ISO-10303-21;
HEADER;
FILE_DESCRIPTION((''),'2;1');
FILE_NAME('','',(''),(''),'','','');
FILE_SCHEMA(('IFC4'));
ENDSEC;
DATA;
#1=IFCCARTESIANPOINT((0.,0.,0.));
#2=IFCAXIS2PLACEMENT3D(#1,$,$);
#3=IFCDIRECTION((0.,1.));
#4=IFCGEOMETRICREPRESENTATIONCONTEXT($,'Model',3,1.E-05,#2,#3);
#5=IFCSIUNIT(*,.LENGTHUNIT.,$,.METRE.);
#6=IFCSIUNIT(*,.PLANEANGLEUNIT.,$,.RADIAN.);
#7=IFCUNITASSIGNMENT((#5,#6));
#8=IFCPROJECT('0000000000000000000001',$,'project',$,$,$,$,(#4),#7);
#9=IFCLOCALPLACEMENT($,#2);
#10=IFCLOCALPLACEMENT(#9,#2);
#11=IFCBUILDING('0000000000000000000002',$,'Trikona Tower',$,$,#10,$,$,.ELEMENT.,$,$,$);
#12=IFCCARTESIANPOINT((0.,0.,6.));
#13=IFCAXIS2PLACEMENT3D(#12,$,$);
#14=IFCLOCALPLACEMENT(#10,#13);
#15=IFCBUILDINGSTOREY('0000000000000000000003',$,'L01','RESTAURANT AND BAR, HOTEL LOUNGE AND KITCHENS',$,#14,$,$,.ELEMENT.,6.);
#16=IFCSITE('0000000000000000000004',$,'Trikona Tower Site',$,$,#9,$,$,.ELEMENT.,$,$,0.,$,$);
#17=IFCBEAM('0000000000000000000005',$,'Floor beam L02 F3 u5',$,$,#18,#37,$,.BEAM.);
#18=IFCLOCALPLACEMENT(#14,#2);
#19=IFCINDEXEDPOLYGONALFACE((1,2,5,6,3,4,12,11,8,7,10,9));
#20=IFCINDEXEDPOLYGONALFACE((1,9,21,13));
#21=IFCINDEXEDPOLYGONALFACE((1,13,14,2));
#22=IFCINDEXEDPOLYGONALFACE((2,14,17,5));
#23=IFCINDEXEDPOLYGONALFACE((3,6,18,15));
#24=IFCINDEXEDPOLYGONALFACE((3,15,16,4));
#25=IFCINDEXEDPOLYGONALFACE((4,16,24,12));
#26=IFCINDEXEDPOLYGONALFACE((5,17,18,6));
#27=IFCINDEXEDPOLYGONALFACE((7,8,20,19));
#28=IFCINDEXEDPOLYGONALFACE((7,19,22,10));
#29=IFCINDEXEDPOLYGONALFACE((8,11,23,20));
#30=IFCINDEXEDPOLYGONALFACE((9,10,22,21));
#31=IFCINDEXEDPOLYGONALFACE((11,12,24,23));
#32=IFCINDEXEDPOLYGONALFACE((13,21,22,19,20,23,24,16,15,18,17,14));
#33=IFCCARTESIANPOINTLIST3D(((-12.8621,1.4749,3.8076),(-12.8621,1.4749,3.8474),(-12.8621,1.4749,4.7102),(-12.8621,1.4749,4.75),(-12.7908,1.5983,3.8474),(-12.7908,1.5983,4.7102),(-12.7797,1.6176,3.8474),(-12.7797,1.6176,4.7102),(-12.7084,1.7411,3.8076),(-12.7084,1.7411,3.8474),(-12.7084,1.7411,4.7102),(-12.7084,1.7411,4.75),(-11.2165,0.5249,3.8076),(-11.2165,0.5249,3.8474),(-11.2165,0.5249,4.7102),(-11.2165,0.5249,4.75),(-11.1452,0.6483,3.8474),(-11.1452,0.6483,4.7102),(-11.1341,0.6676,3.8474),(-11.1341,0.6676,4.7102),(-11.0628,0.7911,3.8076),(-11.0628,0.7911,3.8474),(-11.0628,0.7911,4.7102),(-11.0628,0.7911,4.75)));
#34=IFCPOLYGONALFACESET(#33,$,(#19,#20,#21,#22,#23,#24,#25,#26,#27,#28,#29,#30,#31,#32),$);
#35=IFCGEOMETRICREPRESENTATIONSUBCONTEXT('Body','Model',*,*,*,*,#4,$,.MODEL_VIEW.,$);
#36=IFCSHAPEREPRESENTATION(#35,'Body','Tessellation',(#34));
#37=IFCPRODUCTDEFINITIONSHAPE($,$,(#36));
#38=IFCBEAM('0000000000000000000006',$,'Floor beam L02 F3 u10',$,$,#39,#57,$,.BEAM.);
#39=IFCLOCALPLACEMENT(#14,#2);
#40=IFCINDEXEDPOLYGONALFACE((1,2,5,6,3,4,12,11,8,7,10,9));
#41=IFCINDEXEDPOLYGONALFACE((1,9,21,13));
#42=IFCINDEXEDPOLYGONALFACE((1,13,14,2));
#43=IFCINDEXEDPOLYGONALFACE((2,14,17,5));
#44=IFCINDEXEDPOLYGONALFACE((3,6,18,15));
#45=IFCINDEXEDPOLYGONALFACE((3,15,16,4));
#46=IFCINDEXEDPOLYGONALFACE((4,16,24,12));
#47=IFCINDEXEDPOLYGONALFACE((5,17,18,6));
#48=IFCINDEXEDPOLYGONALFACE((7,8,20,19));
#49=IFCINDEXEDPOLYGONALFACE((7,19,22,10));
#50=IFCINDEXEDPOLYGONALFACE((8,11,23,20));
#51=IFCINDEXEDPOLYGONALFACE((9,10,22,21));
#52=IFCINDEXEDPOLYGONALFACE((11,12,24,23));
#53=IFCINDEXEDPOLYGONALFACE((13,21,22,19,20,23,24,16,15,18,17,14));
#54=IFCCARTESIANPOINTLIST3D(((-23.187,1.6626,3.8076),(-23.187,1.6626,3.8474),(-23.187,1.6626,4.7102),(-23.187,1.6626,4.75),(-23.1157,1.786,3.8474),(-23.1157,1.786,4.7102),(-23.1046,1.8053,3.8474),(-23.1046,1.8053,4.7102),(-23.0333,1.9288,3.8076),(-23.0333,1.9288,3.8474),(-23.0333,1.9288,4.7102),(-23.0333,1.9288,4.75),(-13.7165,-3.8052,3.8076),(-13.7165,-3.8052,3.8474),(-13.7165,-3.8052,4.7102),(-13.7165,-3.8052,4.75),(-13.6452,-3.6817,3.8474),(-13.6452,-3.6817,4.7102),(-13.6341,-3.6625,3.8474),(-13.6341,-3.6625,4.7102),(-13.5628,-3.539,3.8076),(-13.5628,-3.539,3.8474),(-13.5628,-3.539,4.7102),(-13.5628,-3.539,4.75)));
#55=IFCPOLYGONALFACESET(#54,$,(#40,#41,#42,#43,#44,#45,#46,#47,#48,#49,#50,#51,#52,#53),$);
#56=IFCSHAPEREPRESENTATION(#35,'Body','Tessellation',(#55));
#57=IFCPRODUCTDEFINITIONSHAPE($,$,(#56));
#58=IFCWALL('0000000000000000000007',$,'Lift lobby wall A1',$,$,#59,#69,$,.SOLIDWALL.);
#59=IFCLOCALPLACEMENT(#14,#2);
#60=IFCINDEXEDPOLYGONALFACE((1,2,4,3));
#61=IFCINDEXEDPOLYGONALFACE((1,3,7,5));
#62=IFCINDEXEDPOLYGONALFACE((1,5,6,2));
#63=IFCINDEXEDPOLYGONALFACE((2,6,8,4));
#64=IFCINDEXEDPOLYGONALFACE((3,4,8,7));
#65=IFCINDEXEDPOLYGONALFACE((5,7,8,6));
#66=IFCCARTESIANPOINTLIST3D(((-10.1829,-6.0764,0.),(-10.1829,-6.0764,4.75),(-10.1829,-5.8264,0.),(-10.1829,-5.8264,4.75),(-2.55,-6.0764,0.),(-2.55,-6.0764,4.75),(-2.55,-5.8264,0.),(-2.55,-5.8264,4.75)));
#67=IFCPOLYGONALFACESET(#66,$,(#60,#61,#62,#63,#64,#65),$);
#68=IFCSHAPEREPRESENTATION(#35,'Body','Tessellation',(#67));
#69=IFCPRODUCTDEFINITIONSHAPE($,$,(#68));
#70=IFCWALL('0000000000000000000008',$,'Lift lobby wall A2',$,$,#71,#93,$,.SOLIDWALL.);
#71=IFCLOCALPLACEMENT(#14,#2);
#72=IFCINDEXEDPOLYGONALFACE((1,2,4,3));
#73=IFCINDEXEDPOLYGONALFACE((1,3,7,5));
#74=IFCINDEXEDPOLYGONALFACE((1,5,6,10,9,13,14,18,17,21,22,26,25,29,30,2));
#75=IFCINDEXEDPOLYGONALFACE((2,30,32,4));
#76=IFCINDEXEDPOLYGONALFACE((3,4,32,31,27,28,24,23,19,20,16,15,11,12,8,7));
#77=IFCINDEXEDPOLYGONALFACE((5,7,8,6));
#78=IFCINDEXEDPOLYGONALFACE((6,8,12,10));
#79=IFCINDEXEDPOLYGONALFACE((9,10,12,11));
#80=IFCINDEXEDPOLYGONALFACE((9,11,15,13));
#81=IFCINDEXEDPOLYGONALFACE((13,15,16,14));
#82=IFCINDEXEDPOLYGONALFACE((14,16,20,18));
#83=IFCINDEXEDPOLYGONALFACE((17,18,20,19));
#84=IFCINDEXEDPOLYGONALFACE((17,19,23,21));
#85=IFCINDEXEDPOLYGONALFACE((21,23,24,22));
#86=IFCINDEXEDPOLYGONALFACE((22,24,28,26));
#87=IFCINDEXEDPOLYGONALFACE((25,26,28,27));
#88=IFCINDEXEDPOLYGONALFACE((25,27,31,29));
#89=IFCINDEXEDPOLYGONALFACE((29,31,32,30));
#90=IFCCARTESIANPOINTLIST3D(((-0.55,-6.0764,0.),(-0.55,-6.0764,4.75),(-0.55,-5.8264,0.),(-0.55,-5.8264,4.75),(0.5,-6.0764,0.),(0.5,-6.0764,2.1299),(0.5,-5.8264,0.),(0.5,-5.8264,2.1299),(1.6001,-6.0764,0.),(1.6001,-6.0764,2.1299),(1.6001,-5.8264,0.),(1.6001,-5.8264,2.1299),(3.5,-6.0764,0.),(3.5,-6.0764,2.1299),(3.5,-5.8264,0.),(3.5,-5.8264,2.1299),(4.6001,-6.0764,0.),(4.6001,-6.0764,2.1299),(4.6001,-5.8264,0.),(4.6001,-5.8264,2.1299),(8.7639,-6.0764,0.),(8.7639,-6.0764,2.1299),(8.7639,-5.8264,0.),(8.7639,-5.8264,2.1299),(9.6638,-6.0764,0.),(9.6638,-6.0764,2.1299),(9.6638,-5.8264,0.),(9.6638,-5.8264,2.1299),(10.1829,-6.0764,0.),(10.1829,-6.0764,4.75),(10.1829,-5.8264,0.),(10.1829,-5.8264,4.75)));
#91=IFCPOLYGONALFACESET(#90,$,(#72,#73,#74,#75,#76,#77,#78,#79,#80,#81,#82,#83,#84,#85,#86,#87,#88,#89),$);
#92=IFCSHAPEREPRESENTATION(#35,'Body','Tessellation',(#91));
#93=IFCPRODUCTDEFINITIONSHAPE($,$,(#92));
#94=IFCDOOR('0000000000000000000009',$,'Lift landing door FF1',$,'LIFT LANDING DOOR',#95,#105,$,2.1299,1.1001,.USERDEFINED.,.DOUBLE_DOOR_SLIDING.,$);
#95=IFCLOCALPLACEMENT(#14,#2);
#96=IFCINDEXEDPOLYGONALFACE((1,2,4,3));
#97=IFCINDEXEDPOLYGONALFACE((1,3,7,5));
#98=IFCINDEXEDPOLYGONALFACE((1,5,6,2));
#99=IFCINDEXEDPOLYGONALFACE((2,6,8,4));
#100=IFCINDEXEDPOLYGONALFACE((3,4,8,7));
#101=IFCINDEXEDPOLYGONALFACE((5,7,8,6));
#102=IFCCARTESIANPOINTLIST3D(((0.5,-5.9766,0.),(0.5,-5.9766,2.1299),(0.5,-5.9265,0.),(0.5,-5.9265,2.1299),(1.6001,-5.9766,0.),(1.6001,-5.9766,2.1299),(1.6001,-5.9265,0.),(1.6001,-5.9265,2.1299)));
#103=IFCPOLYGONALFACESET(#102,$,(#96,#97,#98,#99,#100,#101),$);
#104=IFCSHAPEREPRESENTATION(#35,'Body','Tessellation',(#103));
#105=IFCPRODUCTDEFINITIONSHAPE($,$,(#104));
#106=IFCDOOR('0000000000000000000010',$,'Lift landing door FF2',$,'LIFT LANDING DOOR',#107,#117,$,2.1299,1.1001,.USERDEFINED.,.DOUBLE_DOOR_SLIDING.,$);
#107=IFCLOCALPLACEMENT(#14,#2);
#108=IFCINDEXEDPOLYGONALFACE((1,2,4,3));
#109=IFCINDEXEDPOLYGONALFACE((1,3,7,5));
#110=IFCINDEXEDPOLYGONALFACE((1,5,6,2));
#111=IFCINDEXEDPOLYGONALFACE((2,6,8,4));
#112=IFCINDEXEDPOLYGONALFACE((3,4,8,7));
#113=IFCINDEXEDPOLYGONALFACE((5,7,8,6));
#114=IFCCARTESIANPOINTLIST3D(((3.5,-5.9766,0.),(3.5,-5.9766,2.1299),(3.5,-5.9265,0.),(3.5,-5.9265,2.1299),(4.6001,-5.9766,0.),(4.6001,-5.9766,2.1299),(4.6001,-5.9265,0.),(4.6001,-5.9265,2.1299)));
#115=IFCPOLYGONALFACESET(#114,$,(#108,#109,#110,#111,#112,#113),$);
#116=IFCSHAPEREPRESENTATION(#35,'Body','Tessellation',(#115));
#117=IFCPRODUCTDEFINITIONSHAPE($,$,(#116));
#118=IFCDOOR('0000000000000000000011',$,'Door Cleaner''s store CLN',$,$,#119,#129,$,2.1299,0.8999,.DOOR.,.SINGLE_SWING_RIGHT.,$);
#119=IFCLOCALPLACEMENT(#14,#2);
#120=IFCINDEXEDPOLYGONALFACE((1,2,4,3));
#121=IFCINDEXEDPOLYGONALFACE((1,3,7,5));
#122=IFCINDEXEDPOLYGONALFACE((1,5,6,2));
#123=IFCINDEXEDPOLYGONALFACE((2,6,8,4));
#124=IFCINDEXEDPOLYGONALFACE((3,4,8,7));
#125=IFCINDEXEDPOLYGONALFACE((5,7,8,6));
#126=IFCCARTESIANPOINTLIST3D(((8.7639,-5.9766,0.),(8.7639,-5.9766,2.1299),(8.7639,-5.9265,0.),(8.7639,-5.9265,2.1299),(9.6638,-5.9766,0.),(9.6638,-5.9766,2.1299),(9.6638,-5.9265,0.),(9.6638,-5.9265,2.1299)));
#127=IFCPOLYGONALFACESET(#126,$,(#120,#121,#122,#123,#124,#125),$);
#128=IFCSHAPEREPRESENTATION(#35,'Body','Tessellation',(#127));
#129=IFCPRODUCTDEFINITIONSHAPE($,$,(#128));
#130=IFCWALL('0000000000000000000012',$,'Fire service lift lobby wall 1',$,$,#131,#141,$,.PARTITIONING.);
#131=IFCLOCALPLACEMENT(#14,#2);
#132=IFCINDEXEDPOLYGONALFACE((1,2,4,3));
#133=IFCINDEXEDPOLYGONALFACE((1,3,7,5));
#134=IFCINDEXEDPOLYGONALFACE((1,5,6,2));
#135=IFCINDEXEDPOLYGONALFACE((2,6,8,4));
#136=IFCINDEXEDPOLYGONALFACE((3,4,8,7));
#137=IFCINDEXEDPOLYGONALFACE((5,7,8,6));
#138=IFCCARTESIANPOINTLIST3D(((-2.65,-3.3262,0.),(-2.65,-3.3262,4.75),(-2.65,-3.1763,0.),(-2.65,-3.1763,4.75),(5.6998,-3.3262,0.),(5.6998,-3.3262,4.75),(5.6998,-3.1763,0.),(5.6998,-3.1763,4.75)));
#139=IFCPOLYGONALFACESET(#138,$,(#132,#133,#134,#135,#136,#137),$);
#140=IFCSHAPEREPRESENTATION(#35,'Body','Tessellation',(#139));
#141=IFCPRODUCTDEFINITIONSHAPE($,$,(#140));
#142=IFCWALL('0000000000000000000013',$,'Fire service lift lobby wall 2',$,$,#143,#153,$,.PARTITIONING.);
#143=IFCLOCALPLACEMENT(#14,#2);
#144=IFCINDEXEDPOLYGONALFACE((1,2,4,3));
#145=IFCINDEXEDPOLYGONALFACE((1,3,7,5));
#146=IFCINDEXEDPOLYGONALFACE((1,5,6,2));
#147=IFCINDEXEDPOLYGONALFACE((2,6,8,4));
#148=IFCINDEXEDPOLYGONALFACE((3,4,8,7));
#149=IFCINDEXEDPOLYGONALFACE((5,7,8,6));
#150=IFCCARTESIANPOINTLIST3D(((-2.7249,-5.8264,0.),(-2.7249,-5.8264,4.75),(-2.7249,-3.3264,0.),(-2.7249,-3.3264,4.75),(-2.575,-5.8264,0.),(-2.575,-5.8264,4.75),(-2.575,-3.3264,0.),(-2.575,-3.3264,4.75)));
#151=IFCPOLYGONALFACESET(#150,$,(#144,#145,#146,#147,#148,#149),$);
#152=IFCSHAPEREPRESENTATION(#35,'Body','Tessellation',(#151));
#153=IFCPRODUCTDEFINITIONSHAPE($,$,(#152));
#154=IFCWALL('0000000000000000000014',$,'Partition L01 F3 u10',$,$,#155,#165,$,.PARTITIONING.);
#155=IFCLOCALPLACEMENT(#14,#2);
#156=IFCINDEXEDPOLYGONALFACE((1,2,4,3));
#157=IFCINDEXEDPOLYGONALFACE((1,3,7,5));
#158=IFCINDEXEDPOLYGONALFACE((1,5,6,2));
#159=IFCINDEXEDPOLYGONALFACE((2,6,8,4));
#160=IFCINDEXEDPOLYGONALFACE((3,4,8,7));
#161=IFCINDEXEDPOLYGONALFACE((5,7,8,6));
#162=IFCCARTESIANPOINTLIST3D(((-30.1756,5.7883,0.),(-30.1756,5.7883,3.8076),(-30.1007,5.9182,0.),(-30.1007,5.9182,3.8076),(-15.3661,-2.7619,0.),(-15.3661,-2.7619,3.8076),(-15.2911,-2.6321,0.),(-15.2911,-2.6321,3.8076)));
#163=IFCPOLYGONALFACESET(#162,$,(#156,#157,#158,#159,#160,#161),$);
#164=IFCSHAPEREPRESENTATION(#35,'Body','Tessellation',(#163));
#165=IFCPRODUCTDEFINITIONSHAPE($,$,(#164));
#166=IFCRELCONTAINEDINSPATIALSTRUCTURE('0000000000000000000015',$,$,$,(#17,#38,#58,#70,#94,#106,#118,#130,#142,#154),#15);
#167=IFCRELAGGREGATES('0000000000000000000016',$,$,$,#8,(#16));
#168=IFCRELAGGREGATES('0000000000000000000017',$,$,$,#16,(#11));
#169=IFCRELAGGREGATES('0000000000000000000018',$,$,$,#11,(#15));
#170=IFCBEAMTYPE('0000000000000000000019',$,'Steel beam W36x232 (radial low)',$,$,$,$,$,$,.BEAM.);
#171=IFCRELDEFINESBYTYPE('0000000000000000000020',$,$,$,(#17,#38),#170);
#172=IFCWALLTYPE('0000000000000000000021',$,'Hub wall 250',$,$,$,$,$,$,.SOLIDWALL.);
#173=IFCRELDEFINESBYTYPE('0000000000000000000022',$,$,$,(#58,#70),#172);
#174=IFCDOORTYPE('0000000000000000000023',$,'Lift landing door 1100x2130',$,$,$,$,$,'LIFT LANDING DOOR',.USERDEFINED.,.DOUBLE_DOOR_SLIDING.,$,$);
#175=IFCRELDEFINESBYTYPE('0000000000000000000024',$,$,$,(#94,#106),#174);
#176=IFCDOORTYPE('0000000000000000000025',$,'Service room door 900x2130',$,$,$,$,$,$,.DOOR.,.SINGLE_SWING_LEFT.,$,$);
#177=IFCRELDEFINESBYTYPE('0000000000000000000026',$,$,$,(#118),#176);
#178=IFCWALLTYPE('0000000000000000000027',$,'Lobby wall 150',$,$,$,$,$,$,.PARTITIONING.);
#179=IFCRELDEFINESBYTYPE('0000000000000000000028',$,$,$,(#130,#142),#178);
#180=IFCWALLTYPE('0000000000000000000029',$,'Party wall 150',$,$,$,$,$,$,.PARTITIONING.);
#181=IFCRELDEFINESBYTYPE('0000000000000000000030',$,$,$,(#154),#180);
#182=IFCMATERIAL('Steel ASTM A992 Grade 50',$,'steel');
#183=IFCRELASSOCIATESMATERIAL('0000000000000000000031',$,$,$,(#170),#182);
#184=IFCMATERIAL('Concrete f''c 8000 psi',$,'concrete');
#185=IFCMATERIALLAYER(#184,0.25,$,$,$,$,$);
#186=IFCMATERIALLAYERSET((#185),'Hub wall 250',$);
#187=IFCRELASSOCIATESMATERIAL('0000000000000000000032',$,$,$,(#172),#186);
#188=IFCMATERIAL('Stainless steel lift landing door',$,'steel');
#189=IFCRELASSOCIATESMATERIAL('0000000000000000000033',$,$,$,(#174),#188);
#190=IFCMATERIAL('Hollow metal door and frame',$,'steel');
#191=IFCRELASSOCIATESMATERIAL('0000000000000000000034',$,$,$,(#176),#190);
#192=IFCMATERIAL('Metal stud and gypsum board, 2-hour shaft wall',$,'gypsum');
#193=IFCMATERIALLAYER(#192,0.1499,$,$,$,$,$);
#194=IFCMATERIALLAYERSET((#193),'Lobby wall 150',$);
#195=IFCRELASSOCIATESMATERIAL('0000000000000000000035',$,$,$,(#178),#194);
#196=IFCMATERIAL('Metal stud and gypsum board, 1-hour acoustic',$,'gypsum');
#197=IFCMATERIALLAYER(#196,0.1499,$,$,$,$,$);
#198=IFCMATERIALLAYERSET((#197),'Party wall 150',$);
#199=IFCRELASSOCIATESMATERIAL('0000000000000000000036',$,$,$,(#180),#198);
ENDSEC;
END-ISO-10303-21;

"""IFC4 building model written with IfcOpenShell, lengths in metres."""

from ifc_helpers import new_model, si_unit, direction, frame, frame_2d, origin, origin_2d, place, context, subcontext, project, spatial, rectangle, i_section, extrude, material, layer, layer_set, material_profile, profile_set, type_object, element, fill, save


model = new_model("IFC4")

# Units and contexts
model_context = context("Model", 3, precision=1e-05, world=origin(), true_north=direction((0.0, 1.0)))
body_context = subcontext(model_context, "Body", "Model", "MODEL_VIEW")
ifc_project = project(units=[si_unit("LENGTHUNIT", "METRE"), si_unit("PLANEANGLEUNIT", "RADIAN")], contexts=[model_context])

# Site, building, storey
site_placement = place(None, origin())
site = spatial("IfcSite", under=ifc_project, at=site_placement, Name="Trikona Tower Site", CompositionType="ELEMENT", RefElevation=0.0)
building_placement = place(site_placement, origin())
building = spatial("IfcBuilding", under=site, at=building_placement, Name="Trikona Tower", CompositionType="ELEMENT")
storey_placement = place(building_placement, frame((0.0, 0.0, 6.0)))
storey = spatial("IfcBuildingStorey", under=building, at=storey_placement, Name="L01", Description="RESTAURANT AND BAR, HOTEL LOUNGE AND KITCHENS", CompositionType="ELEMENT", Elevation=6.0)

# Beams
ifc_material_1 = material(Name="Steel ASTM A992 Grade 50", Category="steel")
ifc_material_profile = material_profile(ifc_material_1, i_section(OverallWidth=0.3074, OverallDepth=0.9424, WebThickness=0.0222, FlangeThickness=0.0398, at=origin_2d()), Name="W36X232")
ifc_profile_set = profile_set([ifc_material_profile], Name="Steel ASTM A992 Grade 50")
beam_type = type_object("IfcBeamType", Name="Steel beam W36x232 (radial low)", PredefinedType="BEAM", material=ifc_profile_set)
beam_1_placement = place(storey_placement, frame((-11.1396, 0.658, 4.2788), z_axis=(-0.866044, 0.499967, 0.0), x_axis=(-0.499967, -0.866044, 0.0)))
element("IfcBeam", 1, at=beam_1_placement, inside=storey, type_object=beam_type, Name="Floor beam L02 F3 u5", PredefinedType="BEAM", context=body_context, shape_type="SweptSolid", body=[
    extrude(i_section(OverallWidth=0.3074, OverallDepth=0.9424, WebThickness=0.0222, FlangeThickness=0.0398, at=origin_2d()), origin(), (0.0, 0.0, 1.0), 1.9001),
])
beam_2_placement = place(storey_placement, frame((-13.6396, -3.6721, 4.2788), z_axis=(-0.866025, 0.5, 0.0), x_axis=(-0.5, -0.866025, 0.0)))
element("IfcBeam", 2, at=beam_2_placement, inside=storey, type_object=beam_type, Name="Floor beam L02 F3 u10", PredefinedType="BEAM", context=body_context, shape_type="SweptSolid", body=[
    extrude(i_section(OverallWidth=0.3074, OverallDepth=0.9424, WebThickness=0.0222, FlangeThickness=0.0398, at=origin_2d()), origin(), (0.0, 0.0, 1.0), 10.9355),
])

# Wall
ifc_material_2 = material(Name="Concrete f'c 8000 psi", Category="concrete")
ifc_layer_1 = layer(ifc_material_2, 0.25)
ifc_layer_set_1 = layer_set([ifc_layer_1], Name="Hub wall 250")
wall_type_1 = type_object("IfcWallType", Name="Hub wall 250", PredefinedType="SOLIDWALL", material=ifc_layer_set_1)
wall_1_placement = place(storey_placement, frame((-10.1829, -5.9514, 0.0), z_axis=(0.0, 0.0, 1.0), x_axis=(1.0, 0.0, 0.0)))
element("IfcWall", 3, at=wall_1_placement, inside=storey, type_object=wall_type_1, Name="Lift lobby wall A1", PredefinedType="SOLIDWALL", context=body_context, shape_type="SweptSolid", body=[
    extrude(rectangle(XDim=7.6328, YDim=0.25, at=frame_2d((3.8164, 0.0))), origin(), (0.0, 0.0, 1.0), 4.75),
])

# Wall, openings, doors
wall_2_placement = place(storey_placement, frame((-0.55, -5.9514, 0.0), z_axis=(0.0, 0.0, 1.0), x_axis=(1.0, 0.0, 0.0)))
wall_2 = element("IfcWall", 4, at=wall_2_placement, inside=storey, type_object=wall_type_1, Name="Lift lobby wall A2", PredefinedType="SOLIDWALL", context=body_context, shape_type="SweptSolid", body=[
    extrude(rectangle(XDim=10.7329, YDim=0.25, at=frame_2d((5.3665, 0.0))), origin(), (0.0, 0.0, 1.0), 4.75),
])
opening_1_placement = place(wall_2_placement, frame((9.314, 0.0, 0.0)))
opening_1 = element("IfcOpeningElement", 5, at=opening_1_placement, cuts=wall_2, PredefinedType="OPENING", context=body_context, shape_type="SweptSolid", body=[
    extrude(rectangle(XDim=0.8999, YDim=2.1299, at=frame_2d((0.45, 1.0649))), frame((0.0, 0.135, 0.0), z_axis=(0.0, -1.0, 0.0), x_axis=(1.0, 0.0, 0.0)), (0.0, 0.0, 1.0), 0.27),
])
opening_2_placement = place(wall_2_placement, frame((1.05, 0.0, 0.0)))
opening_2 = element("IfcOpeningElement", 6, at=opening_2_placement, cuts=wall_2, PredefinedType="OPENING", context=body_context, shape_type="SweptSolid", body=[
    extrude(rectangle(XDim=1.1001, YDim=2.1299, at=frame_2d((0.55, 1.0649))), frame((0.0, 0.135, 0.0), z_axis=(0.0, -1.0, 0.0), x_axis=(1.0, 0.0, 0.0)), (0.0, 0.0, 1.0), 0.27),
])
opening_3_placement = place(wall_2_placement, frame((4.05, 0.0, 0.0)))
opening_3 = element("IfcOpeningElement", 7, at=opening_3_placement, cuts=wall_2, PredefinedType="OPENING", context=body_context, shape_type="SweptSolid", body=[
    extrude(rectangle(XDim=1.1001, YDim=2.1299, at=frame_2d((0.55, 1.0649))), frame((0.0, 0.135, 0.0), z_axis=(0.0, -1.0, 0.0), x_axis=(1.0, 0.0, 0.0)), (0.0, 0.0, 1.0), 0.27),
])
ifc_material_3 = material(Name="Stainless steel lift landing door", Category="steel")
door_type_1 = type_object("IfcDoorType", Name="Lift landing door 1100x2130", ElementType="LIFT LANDING DOOR", OperationType="DOUBLE_DOOR_SLIDING", PredefinedType="USERDEFINED", material=ifc_material_3)
door_1_placement = place(opening_2_placement, origin())
door_1 = element("IfcDoor", 8, at=door_1_placement, inside=storey, type_object=door_type_1, Name="Lift landing door FF1", ObjectType="LIFT LANDING DOOR", OperationType="DOUBLE_DOOR_SLIDING", OverallHeight=2.1299, OverallWidth=1.1001, PredefinedType="USERDEFINED", context=body_context, shape_type="SweptSolid", body=[
    extrude(rectangle(XDim=1.1001, YDim=2.1299, at=frame_2d((0.55, 1.0649))), frame((0.0, 0.0249, 0.0), z_axis=(0.0, -1.0, 0.0), x_axis=(1.0, 0.0, 0.0)), (0.0, 0.0, 1.0), 0.05),
])
fill(opening_2, door_1)
door_2_placement = place(opening_3_placement, origin())
door_2 = element("IfcDoor", 9, at=door_2_placement, inside=storey, type_object=door_type_1, Name="Lift landing door FF2", ObjectType="LIFT LANDING DOOR", OperationType="DOUBLE_DOOR_SLIDING", OverallHeight=2.1299, OverallWidth=1.1001, PredefinedType="USERDEFINED", context=body_context, shape_type="SweptSolid", body=[
    extrude(rectangle(XDim=1.1001, YDim=2.1299, at=frame_2d((0.55, 1.0649))), frame((0.0, 0.0249, 0.0), z_axis=(0.0, -1.0, 0.0), x_axis=(1.0, 0.0, 0.0)), (0.0, 0.0, 1.0), 0.05),
])
fill(opening_3, door_2)
ifc_material_4 = material(Name="Hollow metal door and frame", Category="steel")
door_type_2 = type_object("IfcDoorType", Name="Service room door 900x2130", OperationType="SINGLE_SWING_LEFT", PredefinedType="DOOR", material=ifc_material_4)
door_3_placement = place(opening_1_placement, origin())
door_3 = element("IfcDoor", 10, at=door_3_placement, inside=storey, type_object=door_type_2, Name="Door Cleaner's store CLN", OperationType="SINGLE_SWING_RIGHT", OverallHeight=2.1299, OverallWidth=0.8999, PredefinedType="DOOR", context=body_context, shape_type="SweptSolid", body=[
    extrude(rectangle(XDim=0.8999, YDim=2.1299, at=frame_2d((0.45, 1.0649))), frame((0.0, 0.0249, 0.0), z_axis=(0.0, -1.0, 0.0), x_axis=(1.0, 0.0, 0.0)), (0.0, 0.0, 1.0), 0.05),
])
fill(opening_1, door_3)

# Walls
ifc_material_5 = material(Name="Metal stud and gypsum board, 2-hour shaft wall", Category="gypsum")
ifc_layer_2 = layer(ifc_material_5, 0.1499)
ifc_layer_set_2 = layer_set([ifc_layer_2], Name="Lobby wall 150")
wall_type_2 = type_object("IfcWallType", Name="Lobby wall 150", PredefinedType="PARTITIONING", material=ifc_layer_set_2)
wall_3_placement = place(storey_placement, frame((-2.6499, -3.2512, 0.0), z_axis=(0.0, 0.0, 1.0), x_axis=(1.0, 0.0, 0.0)))
element("IfcWall", 11, at=wall_3_placement, inside=storey, type_object=wall_type_2, Name="Fire service lift lobby wall 1", PredefinedType="PARTITIONING", context=body_context, shape_type="SweptSolid", body=[
    extrude(rectangle(XDim=8.3499, YDim=0.1499, at=frame_2d((4.1748, 0.0))), origin(), (0.0, 0.0, 1.0), 4.75),
])
wall_4_placement = place(storey_placement, frame((-2.6499, -5.8264, 0.0), z_axis=(0.0, 0.0, 1.0), x_axis=(0.0, 1.0, 0.0)))
element("IfcWall", 12, at=wall_4_placement, inside=storey, type_object=wall_type_2, Name="Fire service lift lobby wall 2", PredefinedType="PARTITIONING", context=body_context, shape_type="SweptSolid", body=[
    extrude(rectangle(XDim=2.5, YDim=0.1499, at=frame_2d((1.25, 0.0))), origin(), (0.0, 0.0, 1.0), 4.75),
])
ifc_material_6 = material(Name="Metal stud and gypsum board, 1-hour acoustic", Category="gypsum")
ifc_layer_3 = layer(ifc_material_6, 0.1499)
ifc_layer_set_3 = layer_set([ifc_layer_3], Name="Party wall 150")
wall_type_3 = type_object("IfcWallType", Name="Party wall 150", PredefinedType="PARTITIONING", material=ifc_layer_set_3)
wall_5_placement = place(storey_placement, frame((-15.3286, -2.697, 0.0), z_axis=(0.0, 0.0, 1.0), x_axis=(-0.866026, 0.499999, 0.0)))
element("IfcWall", 13, at=wall_5_placement, inside=storey, type_object=wall_type_3, Name="Partition L01 F3 u10", PredefinedType="PARTITIONING", context=body_context, shape_type="SweptSolid", body=[
    extrude(rectangle(XDim=17.1006, YDim=0.1499, at=frame_2d((8.5503, 0.0))), origin(), (0.0, 0.0, 1.0), 3.8076),
])

save(model, "model.ifc")
